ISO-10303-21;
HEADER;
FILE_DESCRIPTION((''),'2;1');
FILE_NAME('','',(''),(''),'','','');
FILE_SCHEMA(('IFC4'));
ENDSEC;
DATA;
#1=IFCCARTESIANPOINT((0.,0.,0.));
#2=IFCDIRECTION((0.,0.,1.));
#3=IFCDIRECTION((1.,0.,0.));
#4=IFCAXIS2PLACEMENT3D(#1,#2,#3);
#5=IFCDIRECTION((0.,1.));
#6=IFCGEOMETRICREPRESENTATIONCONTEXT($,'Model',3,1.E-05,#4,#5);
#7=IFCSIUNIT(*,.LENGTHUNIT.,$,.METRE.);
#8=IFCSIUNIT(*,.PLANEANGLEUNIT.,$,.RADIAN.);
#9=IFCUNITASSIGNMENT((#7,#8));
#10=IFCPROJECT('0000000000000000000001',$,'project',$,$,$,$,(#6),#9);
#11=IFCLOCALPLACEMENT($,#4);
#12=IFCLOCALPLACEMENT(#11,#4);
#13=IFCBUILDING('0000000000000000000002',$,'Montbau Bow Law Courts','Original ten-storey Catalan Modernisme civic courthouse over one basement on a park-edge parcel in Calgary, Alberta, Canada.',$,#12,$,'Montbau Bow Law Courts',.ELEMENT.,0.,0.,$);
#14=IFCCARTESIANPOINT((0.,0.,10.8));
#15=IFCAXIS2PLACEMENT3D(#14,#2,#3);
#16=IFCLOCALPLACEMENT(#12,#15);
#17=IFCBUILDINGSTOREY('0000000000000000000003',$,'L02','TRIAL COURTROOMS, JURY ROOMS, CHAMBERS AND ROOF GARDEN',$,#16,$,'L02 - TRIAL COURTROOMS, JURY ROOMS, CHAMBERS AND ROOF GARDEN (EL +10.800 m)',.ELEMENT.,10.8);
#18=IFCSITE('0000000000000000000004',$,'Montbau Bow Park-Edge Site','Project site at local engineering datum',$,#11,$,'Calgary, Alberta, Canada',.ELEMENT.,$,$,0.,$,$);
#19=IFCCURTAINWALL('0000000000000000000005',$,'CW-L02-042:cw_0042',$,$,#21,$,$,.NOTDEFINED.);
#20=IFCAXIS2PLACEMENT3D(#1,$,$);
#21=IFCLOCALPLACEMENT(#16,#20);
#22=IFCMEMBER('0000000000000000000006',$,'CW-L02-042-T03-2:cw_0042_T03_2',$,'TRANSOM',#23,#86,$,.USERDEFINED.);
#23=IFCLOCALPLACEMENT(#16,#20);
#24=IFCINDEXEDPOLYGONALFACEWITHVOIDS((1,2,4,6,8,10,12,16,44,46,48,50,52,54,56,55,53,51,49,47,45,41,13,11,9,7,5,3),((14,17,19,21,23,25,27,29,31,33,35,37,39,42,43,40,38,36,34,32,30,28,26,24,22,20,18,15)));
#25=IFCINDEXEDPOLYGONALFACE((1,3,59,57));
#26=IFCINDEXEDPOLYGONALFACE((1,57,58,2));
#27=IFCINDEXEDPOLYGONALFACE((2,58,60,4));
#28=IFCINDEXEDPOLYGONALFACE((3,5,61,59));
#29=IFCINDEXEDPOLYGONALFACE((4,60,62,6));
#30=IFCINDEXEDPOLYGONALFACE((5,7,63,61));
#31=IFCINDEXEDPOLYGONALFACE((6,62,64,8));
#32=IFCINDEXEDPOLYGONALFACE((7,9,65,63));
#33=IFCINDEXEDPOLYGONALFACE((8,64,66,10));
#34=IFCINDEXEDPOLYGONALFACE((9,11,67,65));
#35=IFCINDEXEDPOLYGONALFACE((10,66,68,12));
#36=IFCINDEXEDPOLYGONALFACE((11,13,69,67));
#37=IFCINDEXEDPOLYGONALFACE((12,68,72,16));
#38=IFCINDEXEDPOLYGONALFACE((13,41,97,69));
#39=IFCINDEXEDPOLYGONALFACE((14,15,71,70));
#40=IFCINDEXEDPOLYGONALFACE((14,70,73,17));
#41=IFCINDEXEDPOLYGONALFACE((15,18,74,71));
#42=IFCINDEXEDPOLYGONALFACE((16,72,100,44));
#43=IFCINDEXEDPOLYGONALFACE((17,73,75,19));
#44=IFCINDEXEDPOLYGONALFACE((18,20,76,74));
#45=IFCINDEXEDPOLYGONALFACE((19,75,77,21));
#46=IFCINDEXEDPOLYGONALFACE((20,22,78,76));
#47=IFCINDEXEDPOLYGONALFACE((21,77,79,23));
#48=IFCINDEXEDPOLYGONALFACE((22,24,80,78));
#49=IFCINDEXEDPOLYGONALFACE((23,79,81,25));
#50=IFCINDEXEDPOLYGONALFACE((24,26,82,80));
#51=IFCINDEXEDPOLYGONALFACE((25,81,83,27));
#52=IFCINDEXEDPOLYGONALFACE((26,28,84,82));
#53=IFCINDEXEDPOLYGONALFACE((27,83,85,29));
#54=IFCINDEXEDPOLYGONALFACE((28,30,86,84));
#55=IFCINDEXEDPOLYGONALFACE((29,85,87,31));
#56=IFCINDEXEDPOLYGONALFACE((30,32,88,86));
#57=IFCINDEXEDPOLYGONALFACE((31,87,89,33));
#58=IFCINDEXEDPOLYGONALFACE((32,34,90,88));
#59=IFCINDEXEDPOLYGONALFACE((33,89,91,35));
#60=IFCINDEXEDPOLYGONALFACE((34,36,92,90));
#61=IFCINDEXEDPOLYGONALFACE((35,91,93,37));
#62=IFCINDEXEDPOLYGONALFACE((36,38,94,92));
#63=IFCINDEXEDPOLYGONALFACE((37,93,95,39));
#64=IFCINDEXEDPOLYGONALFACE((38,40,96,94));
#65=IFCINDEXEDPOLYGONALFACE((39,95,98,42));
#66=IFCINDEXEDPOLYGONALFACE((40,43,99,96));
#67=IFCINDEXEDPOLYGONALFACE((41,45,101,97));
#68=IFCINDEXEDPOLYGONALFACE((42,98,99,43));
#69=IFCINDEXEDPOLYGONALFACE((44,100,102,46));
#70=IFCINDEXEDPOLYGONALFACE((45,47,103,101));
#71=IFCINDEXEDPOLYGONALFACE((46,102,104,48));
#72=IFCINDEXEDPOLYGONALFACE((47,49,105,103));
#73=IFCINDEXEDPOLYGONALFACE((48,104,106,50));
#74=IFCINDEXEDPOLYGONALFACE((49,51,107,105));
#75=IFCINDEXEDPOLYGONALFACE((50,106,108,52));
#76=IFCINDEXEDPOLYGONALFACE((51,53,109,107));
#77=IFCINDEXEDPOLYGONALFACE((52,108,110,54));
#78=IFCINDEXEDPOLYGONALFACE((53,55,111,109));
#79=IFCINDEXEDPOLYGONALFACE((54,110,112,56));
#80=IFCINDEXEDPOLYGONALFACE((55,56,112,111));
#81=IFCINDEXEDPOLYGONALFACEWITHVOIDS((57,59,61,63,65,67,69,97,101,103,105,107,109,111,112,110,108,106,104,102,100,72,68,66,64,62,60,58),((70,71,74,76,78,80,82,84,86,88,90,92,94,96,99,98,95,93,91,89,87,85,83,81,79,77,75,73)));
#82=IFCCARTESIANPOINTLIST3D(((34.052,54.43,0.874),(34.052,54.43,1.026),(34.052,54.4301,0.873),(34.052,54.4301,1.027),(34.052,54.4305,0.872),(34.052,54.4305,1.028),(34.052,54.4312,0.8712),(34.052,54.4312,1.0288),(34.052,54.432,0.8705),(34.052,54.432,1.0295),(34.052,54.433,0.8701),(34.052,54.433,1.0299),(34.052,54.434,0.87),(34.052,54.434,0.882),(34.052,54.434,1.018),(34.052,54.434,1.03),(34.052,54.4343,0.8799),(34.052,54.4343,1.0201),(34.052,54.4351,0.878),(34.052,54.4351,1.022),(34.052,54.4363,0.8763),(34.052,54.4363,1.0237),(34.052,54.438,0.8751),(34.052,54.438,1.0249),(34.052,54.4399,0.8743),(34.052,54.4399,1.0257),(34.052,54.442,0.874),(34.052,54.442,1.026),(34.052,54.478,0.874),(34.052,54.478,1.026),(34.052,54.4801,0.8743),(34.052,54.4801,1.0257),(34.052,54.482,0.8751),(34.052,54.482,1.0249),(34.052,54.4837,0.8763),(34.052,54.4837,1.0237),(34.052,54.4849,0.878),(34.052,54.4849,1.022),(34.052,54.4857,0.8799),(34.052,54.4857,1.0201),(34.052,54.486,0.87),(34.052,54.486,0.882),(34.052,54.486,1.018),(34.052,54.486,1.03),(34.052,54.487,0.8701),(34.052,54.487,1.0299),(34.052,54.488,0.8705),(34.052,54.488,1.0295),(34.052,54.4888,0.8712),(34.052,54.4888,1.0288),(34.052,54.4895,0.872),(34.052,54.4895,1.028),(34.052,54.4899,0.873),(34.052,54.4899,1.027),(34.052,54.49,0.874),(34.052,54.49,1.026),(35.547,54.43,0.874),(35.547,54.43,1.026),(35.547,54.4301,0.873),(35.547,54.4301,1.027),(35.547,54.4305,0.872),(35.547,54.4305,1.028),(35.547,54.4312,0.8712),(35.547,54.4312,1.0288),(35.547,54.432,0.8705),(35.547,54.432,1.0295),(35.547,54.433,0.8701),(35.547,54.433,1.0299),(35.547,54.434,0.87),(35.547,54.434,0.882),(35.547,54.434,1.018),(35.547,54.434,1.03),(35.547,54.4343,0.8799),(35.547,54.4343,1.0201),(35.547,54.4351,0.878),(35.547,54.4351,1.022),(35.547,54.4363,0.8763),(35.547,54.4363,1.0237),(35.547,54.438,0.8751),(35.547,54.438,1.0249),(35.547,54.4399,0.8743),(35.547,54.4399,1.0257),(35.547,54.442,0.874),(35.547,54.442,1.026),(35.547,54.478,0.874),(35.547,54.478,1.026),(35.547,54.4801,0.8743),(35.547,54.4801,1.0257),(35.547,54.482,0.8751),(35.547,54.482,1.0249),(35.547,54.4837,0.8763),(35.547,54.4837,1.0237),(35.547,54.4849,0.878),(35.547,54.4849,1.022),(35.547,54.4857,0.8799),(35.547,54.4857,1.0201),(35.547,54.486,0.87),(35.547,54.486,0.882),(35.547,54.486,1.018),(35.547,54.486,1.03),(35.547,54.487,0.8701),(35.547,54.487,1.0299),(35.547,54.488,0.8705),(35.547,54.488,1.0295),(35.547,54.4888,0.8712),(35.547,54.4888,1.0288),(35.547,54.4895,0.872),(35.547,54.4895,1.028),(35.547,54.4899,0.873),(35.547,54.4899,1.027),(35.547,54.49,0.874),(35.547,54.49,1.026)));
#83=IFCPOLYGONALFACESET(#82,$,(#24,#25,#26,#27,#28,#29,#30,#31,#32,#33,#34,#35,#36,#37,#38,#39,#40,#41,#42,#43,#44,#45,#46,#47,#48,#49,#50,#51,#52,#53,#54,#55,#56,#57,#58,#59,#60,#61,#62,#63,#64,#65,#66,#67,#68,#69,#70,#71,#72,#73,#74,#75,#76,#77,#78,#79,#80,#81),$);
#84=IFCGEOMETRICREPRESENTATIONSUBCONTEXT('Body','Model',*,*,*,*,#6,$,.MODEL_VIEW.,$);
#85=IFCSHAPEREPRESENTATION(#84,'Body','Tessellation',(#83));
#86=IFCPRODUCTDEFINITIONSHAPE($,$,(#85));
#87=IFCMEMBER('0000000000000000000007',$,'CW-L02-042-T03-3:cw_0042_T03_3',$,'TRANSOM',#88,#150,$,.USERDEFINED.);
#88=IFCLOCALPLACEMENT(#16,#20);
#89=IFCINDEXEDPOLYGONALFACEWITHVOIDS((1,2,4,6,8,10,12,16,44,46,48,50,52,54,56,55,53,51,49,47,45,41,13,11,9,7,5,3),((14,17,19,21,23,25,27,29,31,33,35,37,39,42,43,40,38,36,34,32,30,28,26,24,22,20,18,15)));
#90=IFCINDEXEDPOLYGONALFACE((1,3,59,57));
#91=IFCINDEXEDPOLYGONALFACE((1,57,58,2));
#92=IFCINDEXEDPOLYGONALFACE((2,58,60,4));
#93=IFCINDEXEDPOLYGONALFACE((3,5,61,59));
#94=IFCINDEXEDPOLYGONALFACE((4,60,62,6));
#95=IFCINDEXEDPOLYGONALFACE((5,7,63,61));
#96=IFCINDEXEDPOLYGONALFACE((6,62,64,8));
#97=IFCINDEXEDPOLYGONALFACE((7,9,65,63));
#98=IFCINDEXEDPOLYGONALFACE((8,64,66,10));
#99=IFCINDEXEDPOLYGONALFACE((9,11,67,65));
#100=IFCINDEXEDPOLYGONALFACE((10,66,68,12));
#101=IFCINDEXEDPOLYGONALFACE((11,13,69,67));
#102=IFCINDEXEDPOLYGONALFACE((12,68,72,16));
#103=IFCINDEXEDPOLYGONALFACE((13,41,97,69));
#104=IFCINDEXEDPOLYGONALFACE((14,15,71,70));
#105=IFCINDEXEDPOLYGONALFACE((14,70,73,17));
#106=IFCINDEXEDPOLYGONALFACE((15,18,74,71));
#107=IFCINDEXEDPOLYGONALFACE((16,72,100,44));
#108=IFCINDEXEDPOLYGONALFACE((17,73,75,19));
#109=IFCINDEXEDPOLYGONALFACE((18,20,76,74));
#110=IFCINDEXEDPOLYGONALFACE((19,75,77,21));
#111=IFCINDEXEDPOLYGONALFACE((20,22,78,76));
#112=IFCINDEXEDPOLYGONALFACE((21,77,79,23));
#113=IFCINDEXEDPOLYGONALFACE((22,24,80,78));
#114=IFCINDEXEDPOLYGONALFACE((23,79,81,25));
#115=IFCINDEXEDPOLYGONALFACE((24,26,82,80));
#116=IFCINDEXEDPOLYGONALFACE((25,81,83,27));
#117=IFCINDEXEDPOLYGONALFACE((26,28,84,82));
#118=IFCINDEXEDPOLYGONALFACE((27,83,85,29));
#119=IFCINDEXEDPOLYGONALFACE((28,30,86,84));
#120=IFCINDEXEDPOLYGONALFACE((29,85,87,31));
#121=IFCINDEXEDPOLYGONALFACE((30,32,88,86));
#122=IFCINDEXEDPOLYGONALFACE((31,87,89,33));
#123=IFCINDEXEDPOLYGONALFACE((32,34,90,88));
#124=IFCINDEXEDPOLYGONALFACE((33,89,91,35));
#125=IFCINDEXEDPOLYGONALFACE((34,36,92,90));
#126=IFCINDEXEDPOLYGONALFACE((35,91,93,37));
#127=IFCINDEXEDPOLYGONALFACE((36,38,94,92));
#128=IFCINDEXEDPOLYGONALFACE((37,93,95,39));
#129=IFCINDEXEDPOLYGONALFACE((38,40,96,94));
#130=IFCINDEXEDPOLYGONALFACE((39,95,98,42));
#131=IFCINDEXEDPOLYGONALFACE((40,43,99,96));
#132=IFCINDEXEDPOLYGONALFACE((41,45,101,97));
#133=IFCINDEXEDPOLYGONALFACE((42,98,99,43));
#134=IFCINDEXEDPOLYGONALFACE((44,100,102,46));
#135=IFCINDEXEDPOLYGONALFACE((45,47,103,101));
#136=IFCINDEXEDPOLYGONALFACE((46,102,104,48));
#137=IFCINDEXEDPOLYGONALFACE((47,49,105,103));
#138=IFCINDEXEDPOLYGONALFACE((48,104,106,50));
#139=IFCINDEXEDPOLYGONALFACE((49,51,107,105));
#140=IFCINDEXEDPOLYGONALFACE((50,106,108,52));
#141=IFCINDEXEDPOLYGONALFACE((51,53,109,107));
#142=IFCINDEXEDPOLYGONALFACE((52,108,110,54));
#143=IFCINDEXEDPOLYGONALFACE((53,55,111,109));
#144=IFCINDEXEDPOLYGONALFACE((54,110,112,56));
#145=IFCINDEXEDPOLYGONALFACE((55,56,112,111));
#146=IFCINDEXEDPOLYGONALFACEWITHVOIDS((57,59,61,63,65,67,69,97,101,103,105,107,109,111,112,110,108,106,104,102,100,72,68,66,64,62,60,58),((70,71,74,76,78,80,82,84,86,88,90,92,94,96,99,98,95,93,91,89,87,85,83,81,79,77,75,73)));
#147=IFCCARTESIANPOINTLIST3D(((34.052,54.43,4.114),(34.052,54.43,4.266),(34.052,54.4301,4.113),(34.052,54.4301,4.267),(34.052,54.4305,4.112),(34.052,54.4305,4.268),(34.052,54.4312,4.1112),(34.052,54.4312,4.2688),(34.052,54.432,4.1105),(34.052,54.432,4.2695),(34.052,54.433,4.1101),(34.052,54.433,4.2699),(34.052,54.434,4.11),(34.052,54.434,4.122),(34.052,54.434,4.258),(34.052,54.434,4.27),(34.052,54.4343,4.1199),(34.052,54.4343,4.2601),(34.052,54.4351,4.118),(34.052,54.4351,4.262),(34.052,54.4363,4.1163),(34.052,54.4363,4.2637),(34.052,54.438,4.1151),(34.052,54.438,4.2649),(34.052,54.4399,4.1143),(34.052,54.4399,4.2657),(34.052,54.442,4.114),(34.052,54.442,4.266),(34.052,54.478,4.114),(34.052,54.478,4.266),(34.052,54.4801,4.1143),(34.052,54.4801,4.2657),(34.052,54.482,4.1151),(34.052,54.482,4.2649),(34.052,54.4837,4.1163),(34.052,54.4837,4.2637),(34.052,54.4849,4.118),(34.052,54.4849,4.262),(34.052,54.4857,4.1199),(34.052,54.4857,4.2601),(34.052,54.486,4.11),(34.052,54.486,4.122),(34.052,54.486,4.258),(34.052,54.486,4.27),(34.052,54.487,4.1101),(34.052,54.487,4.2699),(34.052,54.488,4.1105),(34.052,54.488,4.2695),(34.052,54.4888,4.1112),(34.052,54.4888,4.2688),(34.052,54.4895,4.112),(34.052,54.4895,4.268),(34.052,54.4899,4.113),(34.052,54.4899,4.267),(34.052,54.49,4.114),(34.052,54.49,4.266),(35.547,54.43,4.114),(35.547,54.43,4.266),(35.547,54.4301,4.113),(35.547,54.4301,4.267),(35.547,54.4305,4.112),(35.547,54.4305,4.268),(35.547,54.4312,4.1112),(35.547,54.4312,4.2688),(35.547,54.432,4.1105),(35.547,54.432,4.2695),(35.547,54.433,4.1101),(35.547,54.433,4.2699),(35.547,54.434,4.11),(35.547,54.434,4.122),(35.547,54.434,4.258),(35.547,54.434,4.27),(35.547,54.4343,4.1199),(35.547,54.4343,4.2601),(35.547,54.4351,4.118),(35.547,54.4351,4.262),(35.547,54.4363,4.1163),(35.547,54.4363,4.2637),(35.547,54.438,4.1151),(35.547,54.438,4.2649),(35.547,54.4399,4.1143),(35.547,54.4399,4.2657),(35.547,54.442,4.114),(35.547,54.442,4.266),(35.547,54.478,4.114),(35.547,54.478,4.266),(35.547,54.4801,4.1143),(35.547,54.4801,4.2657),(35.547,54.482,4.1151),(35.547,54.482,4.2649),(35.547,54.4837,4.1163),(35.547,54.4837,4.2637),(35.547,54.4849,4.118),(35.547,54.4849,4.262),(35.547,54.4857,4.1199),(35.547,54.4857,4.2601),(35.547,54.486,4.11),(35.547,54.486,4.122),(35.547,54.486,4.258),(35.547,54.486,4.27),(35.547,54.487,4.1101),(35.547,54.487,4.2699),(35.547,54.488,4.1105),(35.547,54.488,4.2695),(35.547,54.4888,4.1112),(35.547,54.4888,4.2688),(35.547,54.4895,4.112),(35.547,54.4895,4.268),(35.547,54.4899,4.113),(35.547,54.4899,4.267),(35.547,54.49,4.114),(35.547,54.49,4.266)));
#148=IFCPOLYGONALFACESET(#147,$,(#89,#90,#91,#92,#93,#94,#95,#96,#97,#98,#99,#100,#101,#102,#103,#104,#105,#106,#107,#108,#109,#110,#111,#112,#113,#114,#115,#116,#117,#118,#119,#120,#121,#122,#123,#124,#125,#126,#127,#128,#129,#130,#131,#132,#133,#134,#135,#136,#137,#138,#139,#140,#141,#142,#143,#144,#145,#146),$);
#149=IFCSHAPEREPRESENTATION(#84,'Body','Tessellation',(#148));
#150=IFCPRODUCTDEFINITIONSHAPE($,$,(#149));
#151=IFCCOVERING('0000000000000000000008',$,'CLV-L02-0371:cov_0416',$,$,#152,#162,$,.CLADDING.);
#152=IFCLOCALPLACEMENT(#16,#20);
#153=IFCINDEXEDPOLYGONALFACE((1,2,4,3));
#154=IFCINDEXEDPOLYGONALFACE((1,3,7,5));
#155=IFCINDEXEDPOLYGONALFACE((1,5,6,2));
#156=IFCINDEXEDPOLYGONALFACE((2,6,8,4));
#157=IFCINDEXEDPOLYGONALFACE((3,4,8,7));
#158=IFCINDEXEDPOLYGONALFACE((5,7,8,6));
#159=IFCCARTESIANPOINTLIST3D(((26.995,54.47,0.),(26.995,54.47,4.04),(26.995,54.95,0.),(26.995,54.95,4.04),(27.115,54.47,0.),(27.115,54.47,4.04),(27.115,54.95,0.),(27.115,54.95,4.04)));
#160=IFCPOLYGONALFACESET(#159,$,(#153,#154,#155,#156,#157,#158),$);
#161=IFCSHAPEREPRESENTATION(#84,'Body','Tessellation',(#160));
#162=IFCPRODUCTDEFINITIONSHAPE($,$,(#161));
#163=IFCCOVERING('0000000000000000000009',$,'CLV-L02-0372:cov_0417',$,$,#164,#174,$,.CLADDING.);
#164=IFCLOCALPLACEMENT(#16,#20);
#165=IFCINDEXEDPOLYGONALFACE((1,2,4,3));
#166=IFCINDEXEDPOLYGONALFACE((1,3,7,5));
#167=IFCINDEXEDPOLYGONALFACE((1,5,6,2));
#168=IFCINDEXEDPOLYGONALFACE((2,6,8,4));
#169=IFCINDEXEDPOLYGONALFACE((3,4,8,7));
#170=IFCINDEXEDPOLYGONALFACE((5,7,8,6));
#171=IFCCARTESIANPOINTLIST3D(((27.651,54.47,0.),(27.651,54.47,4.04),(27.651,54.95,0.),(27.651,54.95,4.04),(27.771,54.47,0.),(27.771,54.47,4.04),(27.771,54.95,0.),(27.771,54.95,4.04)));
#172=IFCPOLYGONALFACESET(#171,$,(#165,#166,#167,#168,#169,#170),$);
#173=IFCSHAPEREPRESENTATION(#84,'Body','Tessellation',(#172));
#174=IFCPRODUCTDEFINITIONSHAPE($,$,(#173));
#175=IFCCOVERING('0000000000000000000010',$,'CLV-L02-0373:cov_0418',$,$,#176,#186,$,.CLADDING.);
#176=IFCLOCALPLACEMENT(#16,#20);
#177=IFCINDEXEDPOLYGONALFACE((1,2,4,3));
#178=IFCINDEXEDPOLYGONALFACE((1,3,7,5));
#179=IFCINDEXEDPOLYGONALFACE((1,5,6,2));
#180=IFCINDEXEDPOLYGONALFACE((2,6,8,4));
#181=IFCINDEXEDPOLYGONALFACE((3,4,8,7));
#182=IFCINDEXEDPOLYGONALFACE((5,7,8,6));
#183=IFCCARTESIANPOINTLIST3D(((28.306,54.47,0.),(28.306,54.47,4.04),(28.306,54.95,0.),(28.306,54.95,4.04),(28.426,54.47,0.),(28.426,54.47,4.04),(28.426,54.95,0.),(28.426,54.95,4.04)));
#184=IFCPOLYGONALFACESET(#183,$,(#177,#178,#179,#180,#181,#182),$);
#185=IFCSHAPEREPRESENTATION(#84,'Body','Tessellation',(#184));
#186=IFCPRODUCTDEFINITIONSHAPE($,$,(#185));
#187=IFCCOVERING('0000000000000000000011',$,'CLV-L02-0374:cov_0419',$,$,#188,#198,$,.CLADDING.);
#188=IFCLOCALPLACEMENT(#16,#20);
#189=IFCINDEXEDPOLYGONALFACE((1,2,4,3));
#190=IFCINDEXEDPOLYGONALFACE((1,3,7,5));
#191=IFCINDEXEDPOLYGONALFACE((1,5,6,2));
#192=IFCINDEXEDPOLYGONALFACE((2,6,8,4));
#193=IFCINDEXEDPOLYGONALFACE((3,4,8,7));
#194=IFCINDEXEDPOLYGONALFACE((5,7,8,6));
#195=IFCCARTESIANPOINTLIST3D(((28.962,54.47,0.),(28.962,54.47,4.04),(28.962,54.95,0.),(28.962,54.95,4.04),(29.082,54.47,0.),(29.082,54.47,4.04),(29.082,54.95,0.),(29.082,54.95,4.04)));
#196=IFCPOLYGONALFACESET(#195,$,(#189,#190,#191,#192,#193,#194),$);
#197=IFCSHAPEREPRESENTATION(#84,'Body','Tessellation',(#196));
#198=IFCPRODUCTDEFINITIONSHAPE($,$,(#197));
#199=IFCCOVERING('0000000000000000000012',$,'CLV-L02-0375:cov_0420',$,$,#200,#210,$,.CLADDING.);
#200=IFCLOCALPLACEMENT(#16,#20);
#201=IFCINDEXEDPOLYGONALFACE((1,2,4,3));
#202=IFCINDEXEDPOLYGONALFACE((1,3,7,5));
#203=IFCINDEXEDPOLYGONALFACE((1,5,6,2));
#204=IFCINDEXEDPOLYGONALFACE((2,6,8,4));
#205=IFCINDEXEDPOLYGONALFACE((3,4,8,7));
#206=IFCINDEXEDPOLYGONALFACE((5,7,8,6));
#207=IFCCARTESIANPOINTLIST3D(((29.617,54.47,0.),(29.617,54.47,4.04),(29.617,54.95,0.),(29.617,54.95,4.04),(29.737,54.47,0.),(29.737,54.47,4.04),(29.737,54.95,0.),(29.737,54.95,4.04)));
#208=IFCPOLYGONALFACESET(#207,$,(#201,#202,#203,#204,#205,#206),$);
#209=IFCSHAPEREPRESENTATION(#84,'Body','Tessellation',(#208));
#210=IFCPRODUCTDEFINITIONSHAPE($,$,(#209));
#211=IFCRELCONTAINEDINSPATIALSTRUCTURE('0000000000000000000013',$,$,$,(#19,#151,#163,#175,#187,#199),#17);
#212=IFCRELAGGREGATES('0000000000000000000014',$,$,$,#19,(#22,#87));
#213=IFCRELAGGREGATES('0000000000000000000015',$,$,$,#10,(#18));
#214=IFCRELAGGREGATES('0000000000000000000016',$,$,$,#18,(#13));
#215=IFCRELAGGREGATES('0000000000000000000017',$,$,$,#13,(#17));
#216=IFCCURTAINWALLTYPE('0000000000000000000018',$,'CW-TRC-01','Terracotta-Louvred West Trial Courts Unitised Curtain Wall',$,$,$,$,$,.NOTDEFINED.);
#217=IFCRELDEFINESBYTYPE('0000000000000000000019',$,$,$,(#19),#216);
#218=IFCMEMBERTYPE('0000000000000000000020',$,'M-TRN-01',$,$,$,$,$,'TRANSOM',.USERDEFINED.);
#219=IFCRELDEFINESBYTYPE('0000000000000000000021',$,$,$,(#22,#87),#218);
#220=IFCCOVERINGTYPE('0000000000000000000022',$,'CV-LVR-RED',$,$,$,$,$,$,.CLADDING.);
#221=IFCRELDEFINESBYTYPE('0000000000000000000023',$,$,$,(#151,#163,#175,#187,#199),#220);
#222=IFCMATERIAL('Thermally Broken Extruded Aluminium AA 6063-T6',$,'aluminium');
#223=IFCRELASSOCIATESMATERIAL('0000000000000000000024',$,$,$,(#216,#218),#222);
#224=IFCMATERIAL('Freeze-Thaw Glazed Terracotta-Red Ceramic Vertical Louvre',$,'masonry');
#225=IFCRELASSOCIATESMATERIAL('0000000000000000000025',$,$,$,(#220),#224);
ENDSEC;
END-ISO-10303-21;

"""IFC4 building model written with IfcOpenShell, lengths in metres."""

from ifc_helpers import new_model, si_unit, direction, frame, frame_2d, origin_with_axes, origin_2d_with_axis, place, context, subcontext, project, spatial, rectangle, hollow_rectangle, extrude, material, material_profile, profile_set, type_object, element, aggregate, save


model = new_model("IFC4")

# Units and contexts
model_context = context("Model", 3, precision=1e-05, world=origin_with_axes(), true_north=direction((0.0, 1.0)))
body_context = subcontext(model_context, "Body", "Model", "MODEL_VIEW")
ifc_project = project(units=[si_unit("LENGTHUNIT", "METRE"), si_unit("PLANEANGLEUNIT", "RADIAN")], contexts=[model_context])

# Site, building, storey
site_placement = place(None, origin_with_axes())
site = spatial("IfcSite", under=ifc_project, at=site_placement, Name="Montbau Bow Park-Edge Site", Description="Project site at local engineering datum", LongName="Calgary, Alberta, Canada", CompositionType="ELEMENT", RefElevation=0.0)
building_placement = place(site_placement, origin_with_axes())
building = spatial("IfcBuilding", under=site, at=building_placement, Name="Montbau Bow Law Courts", Description="Original ten-storey Catalan Modernisme civic courthouse over one basement on a park-edge parcel in Calgary, Alberta, Canada.", LongName="Montbau Bow Law Courts", CompositionType="ELEMENT", ElevationOfRefHeight=0.0, ElevationOfTerrain=0.0)
storey_placement = place(building_placement, frame((0.0, 0.0, 10.8), z_axis=(0.0, 0.0, 1.0), x_axis=(1.0, 0.0, 0.0)))
storey = spatial("IfcBuildingStorey", under=building, at=storey_placement, Name="L02", Description="TRIAL COURTROOMS, JURY ROOMS, CHAMBERS AND ROOF GARDEN", LongName="L02 - TRIAL COURTROOMS, JURY ROOMS, CHAMBERS AND ROOF GARDEN (EL +10.800 m)", CompositionType="ELEMENT", Elevation=10.8)

# Curtain wall, members
ifc_material_1 = material(Name="Thermally Broken Extruded Aluminium AA 6063-T6", Category="aluminium")
curtain_wall_type = type_object("IfcCurtainWallType", Name="CW-TRC-01", Description="Terracotta-Louvred West Trial Courts Unitised Curtain Wall", PredefinedType="NOTDEFINED", material=ifc_material_1)
curtain_wall_placement = place(None, frame((30.867, 54.46, 10.8), z_axis=(0.0, 0.0, 1.0), x_axis=(1.0, 0.0, 0.0)))
curtain_wall = element("IfcCurtainWall", 1, at=curtain_wall_placement, inside=storey, type_object=curtain_wall_type, Name="CW-L02-042:cw_0042", PredefinedType="NOTDEFINED")
ifc_material_profile_1 = material_profile(ifc_material_1, hollow_rectangle(XDim=0.06, YDim=0.16, WallThickness=0.004, InnerFilletRadius=0.008, OuterFilletRadius=0.004, at=origin_2d_with_axis()), Name="CWT-160X60", Category="Main", Priority=0)
ifc_profile_set_1 = profile_set([ifc_material_profile_1], Name="Thermally Broken Extruded Aluminium AA 6063-T6")
member_type = type_object("IfcMemberType", Name="M-TRN-01", ElementType="TRANSOM", PredefinedType="USERDEFINED", material=ifc_profile_set_1)
member_1_placement = place(None, frame((34.052, 54.46, 11.75), z_axis=(1.0, 0.0, 0.0), x_axis=(0.0, 1.0, 0.0)))
member_1 = element("IfcMember", 2, at=member_1_placement, type_object=member_type, Name="CW-L02-042-T03-2:cw_0042_T03_2", ObjectType="TRANSOM", PredefinedType="USERDEFINED", context=body_context, shape_type="SweptSolid", body=[
    extrude(hollow_rectangle(XDim=0.06, YDim=0.16, WallThickness=0.004, InnerFilletRadius=0.008, OuterFilletRadius=0.004, at=origin_2d_with_axis()), origin_with_axes(), (0.0, 0.0, 1.0), 1.495),
])
member_2_placement = place(None, frame((34.052, 54.46, 14.99), z_axis=(1.0, 0.0, 0.0), x_axis=(0.0, 1.0, 0.0)))
member_2 = element("IfcMember", 3, at=member_2_placement, type_object=member_type, Name="CW-L02-042-T03-3:cw_0042_T03_3", ObjectType="TRANSOM", PredefinedType="USERDEFINED", context=body_context, shape_type="SweptSolid", body=[
    extrude(hollow_rectangle(XDim=0.06, YDim=0.16, WallThickness=0.004, InnerFilletRadius=0.008, OuterFilletRadius=0.004, at=origin_2d_with_axis()), origin_with_axes(), (0.0, 0.0, 1.0), 1.495),
])
aggregate(curtain_wall, [member_1, member_2])

# Coverings
ifc_material_2 = material(Name="Freeze-Thaw Glazed Terracotta-Red Ceramic Vertical Louvre", Category="masonry")
covering_type = type_object("IfcCoveringType", Name="CV-LVR-RED", PredefinedType="CLADDING", material=ifc_material_2)
for number, where, z_axis, x_axis, name in (
    (4, (27.055, 54.47, 10.8), (1.0, 0.0, 0.0), (0.0, 1.0, 0.0), "CLV-L02-0371:cov_0416"),
    (5, (27.711, 54.47, 10.8), (1.0, 0.0, 0.0), (0.0, 1.0, 0.0), "CLV-L02-0372:cov_0417"),
    (6, (28.366, 54.47, 10.8), (1.0, 0.0, 0.0), (0.0, 1.0, 0.0), "CLV-L02-0373:cov_0418"),
    (7, (29.022, 54.47, 10.8), (1.0, 0.0, 0.0), (0.0, 1.0, 0.0), "CLV-L02-0374:cov_0419"),
    (8, (29.677, 54.47, 10.8), (1.0, 0.0, 0.0), (0.0, 1.0, 0.0), "CLV-L02-0375:cov_0420"),
):
    element("IfcCovering", number, at=place(None, frame(where, z_axis=z_axis, x_axis=x_axis)), inside=storey, type_object=covering_type, Name=name, PredefinedType="CLADDING", context=body_context, shape_type="SweptSolid", body=[
        extrude(rectangle(XDim=0.48, YDim=4.04, at=frame_2d((0.24, 2.02), x_axis=(1.0, 0.0))), frame((0.0, 0.0, -0.06), z_axis=(0.0, 0.0, 1.0), x_axis=(1.0, 0.0, 0.0)), (0.0, 0.0, 1.0), 0.12),
    ])

save(model, "model.ifc")
